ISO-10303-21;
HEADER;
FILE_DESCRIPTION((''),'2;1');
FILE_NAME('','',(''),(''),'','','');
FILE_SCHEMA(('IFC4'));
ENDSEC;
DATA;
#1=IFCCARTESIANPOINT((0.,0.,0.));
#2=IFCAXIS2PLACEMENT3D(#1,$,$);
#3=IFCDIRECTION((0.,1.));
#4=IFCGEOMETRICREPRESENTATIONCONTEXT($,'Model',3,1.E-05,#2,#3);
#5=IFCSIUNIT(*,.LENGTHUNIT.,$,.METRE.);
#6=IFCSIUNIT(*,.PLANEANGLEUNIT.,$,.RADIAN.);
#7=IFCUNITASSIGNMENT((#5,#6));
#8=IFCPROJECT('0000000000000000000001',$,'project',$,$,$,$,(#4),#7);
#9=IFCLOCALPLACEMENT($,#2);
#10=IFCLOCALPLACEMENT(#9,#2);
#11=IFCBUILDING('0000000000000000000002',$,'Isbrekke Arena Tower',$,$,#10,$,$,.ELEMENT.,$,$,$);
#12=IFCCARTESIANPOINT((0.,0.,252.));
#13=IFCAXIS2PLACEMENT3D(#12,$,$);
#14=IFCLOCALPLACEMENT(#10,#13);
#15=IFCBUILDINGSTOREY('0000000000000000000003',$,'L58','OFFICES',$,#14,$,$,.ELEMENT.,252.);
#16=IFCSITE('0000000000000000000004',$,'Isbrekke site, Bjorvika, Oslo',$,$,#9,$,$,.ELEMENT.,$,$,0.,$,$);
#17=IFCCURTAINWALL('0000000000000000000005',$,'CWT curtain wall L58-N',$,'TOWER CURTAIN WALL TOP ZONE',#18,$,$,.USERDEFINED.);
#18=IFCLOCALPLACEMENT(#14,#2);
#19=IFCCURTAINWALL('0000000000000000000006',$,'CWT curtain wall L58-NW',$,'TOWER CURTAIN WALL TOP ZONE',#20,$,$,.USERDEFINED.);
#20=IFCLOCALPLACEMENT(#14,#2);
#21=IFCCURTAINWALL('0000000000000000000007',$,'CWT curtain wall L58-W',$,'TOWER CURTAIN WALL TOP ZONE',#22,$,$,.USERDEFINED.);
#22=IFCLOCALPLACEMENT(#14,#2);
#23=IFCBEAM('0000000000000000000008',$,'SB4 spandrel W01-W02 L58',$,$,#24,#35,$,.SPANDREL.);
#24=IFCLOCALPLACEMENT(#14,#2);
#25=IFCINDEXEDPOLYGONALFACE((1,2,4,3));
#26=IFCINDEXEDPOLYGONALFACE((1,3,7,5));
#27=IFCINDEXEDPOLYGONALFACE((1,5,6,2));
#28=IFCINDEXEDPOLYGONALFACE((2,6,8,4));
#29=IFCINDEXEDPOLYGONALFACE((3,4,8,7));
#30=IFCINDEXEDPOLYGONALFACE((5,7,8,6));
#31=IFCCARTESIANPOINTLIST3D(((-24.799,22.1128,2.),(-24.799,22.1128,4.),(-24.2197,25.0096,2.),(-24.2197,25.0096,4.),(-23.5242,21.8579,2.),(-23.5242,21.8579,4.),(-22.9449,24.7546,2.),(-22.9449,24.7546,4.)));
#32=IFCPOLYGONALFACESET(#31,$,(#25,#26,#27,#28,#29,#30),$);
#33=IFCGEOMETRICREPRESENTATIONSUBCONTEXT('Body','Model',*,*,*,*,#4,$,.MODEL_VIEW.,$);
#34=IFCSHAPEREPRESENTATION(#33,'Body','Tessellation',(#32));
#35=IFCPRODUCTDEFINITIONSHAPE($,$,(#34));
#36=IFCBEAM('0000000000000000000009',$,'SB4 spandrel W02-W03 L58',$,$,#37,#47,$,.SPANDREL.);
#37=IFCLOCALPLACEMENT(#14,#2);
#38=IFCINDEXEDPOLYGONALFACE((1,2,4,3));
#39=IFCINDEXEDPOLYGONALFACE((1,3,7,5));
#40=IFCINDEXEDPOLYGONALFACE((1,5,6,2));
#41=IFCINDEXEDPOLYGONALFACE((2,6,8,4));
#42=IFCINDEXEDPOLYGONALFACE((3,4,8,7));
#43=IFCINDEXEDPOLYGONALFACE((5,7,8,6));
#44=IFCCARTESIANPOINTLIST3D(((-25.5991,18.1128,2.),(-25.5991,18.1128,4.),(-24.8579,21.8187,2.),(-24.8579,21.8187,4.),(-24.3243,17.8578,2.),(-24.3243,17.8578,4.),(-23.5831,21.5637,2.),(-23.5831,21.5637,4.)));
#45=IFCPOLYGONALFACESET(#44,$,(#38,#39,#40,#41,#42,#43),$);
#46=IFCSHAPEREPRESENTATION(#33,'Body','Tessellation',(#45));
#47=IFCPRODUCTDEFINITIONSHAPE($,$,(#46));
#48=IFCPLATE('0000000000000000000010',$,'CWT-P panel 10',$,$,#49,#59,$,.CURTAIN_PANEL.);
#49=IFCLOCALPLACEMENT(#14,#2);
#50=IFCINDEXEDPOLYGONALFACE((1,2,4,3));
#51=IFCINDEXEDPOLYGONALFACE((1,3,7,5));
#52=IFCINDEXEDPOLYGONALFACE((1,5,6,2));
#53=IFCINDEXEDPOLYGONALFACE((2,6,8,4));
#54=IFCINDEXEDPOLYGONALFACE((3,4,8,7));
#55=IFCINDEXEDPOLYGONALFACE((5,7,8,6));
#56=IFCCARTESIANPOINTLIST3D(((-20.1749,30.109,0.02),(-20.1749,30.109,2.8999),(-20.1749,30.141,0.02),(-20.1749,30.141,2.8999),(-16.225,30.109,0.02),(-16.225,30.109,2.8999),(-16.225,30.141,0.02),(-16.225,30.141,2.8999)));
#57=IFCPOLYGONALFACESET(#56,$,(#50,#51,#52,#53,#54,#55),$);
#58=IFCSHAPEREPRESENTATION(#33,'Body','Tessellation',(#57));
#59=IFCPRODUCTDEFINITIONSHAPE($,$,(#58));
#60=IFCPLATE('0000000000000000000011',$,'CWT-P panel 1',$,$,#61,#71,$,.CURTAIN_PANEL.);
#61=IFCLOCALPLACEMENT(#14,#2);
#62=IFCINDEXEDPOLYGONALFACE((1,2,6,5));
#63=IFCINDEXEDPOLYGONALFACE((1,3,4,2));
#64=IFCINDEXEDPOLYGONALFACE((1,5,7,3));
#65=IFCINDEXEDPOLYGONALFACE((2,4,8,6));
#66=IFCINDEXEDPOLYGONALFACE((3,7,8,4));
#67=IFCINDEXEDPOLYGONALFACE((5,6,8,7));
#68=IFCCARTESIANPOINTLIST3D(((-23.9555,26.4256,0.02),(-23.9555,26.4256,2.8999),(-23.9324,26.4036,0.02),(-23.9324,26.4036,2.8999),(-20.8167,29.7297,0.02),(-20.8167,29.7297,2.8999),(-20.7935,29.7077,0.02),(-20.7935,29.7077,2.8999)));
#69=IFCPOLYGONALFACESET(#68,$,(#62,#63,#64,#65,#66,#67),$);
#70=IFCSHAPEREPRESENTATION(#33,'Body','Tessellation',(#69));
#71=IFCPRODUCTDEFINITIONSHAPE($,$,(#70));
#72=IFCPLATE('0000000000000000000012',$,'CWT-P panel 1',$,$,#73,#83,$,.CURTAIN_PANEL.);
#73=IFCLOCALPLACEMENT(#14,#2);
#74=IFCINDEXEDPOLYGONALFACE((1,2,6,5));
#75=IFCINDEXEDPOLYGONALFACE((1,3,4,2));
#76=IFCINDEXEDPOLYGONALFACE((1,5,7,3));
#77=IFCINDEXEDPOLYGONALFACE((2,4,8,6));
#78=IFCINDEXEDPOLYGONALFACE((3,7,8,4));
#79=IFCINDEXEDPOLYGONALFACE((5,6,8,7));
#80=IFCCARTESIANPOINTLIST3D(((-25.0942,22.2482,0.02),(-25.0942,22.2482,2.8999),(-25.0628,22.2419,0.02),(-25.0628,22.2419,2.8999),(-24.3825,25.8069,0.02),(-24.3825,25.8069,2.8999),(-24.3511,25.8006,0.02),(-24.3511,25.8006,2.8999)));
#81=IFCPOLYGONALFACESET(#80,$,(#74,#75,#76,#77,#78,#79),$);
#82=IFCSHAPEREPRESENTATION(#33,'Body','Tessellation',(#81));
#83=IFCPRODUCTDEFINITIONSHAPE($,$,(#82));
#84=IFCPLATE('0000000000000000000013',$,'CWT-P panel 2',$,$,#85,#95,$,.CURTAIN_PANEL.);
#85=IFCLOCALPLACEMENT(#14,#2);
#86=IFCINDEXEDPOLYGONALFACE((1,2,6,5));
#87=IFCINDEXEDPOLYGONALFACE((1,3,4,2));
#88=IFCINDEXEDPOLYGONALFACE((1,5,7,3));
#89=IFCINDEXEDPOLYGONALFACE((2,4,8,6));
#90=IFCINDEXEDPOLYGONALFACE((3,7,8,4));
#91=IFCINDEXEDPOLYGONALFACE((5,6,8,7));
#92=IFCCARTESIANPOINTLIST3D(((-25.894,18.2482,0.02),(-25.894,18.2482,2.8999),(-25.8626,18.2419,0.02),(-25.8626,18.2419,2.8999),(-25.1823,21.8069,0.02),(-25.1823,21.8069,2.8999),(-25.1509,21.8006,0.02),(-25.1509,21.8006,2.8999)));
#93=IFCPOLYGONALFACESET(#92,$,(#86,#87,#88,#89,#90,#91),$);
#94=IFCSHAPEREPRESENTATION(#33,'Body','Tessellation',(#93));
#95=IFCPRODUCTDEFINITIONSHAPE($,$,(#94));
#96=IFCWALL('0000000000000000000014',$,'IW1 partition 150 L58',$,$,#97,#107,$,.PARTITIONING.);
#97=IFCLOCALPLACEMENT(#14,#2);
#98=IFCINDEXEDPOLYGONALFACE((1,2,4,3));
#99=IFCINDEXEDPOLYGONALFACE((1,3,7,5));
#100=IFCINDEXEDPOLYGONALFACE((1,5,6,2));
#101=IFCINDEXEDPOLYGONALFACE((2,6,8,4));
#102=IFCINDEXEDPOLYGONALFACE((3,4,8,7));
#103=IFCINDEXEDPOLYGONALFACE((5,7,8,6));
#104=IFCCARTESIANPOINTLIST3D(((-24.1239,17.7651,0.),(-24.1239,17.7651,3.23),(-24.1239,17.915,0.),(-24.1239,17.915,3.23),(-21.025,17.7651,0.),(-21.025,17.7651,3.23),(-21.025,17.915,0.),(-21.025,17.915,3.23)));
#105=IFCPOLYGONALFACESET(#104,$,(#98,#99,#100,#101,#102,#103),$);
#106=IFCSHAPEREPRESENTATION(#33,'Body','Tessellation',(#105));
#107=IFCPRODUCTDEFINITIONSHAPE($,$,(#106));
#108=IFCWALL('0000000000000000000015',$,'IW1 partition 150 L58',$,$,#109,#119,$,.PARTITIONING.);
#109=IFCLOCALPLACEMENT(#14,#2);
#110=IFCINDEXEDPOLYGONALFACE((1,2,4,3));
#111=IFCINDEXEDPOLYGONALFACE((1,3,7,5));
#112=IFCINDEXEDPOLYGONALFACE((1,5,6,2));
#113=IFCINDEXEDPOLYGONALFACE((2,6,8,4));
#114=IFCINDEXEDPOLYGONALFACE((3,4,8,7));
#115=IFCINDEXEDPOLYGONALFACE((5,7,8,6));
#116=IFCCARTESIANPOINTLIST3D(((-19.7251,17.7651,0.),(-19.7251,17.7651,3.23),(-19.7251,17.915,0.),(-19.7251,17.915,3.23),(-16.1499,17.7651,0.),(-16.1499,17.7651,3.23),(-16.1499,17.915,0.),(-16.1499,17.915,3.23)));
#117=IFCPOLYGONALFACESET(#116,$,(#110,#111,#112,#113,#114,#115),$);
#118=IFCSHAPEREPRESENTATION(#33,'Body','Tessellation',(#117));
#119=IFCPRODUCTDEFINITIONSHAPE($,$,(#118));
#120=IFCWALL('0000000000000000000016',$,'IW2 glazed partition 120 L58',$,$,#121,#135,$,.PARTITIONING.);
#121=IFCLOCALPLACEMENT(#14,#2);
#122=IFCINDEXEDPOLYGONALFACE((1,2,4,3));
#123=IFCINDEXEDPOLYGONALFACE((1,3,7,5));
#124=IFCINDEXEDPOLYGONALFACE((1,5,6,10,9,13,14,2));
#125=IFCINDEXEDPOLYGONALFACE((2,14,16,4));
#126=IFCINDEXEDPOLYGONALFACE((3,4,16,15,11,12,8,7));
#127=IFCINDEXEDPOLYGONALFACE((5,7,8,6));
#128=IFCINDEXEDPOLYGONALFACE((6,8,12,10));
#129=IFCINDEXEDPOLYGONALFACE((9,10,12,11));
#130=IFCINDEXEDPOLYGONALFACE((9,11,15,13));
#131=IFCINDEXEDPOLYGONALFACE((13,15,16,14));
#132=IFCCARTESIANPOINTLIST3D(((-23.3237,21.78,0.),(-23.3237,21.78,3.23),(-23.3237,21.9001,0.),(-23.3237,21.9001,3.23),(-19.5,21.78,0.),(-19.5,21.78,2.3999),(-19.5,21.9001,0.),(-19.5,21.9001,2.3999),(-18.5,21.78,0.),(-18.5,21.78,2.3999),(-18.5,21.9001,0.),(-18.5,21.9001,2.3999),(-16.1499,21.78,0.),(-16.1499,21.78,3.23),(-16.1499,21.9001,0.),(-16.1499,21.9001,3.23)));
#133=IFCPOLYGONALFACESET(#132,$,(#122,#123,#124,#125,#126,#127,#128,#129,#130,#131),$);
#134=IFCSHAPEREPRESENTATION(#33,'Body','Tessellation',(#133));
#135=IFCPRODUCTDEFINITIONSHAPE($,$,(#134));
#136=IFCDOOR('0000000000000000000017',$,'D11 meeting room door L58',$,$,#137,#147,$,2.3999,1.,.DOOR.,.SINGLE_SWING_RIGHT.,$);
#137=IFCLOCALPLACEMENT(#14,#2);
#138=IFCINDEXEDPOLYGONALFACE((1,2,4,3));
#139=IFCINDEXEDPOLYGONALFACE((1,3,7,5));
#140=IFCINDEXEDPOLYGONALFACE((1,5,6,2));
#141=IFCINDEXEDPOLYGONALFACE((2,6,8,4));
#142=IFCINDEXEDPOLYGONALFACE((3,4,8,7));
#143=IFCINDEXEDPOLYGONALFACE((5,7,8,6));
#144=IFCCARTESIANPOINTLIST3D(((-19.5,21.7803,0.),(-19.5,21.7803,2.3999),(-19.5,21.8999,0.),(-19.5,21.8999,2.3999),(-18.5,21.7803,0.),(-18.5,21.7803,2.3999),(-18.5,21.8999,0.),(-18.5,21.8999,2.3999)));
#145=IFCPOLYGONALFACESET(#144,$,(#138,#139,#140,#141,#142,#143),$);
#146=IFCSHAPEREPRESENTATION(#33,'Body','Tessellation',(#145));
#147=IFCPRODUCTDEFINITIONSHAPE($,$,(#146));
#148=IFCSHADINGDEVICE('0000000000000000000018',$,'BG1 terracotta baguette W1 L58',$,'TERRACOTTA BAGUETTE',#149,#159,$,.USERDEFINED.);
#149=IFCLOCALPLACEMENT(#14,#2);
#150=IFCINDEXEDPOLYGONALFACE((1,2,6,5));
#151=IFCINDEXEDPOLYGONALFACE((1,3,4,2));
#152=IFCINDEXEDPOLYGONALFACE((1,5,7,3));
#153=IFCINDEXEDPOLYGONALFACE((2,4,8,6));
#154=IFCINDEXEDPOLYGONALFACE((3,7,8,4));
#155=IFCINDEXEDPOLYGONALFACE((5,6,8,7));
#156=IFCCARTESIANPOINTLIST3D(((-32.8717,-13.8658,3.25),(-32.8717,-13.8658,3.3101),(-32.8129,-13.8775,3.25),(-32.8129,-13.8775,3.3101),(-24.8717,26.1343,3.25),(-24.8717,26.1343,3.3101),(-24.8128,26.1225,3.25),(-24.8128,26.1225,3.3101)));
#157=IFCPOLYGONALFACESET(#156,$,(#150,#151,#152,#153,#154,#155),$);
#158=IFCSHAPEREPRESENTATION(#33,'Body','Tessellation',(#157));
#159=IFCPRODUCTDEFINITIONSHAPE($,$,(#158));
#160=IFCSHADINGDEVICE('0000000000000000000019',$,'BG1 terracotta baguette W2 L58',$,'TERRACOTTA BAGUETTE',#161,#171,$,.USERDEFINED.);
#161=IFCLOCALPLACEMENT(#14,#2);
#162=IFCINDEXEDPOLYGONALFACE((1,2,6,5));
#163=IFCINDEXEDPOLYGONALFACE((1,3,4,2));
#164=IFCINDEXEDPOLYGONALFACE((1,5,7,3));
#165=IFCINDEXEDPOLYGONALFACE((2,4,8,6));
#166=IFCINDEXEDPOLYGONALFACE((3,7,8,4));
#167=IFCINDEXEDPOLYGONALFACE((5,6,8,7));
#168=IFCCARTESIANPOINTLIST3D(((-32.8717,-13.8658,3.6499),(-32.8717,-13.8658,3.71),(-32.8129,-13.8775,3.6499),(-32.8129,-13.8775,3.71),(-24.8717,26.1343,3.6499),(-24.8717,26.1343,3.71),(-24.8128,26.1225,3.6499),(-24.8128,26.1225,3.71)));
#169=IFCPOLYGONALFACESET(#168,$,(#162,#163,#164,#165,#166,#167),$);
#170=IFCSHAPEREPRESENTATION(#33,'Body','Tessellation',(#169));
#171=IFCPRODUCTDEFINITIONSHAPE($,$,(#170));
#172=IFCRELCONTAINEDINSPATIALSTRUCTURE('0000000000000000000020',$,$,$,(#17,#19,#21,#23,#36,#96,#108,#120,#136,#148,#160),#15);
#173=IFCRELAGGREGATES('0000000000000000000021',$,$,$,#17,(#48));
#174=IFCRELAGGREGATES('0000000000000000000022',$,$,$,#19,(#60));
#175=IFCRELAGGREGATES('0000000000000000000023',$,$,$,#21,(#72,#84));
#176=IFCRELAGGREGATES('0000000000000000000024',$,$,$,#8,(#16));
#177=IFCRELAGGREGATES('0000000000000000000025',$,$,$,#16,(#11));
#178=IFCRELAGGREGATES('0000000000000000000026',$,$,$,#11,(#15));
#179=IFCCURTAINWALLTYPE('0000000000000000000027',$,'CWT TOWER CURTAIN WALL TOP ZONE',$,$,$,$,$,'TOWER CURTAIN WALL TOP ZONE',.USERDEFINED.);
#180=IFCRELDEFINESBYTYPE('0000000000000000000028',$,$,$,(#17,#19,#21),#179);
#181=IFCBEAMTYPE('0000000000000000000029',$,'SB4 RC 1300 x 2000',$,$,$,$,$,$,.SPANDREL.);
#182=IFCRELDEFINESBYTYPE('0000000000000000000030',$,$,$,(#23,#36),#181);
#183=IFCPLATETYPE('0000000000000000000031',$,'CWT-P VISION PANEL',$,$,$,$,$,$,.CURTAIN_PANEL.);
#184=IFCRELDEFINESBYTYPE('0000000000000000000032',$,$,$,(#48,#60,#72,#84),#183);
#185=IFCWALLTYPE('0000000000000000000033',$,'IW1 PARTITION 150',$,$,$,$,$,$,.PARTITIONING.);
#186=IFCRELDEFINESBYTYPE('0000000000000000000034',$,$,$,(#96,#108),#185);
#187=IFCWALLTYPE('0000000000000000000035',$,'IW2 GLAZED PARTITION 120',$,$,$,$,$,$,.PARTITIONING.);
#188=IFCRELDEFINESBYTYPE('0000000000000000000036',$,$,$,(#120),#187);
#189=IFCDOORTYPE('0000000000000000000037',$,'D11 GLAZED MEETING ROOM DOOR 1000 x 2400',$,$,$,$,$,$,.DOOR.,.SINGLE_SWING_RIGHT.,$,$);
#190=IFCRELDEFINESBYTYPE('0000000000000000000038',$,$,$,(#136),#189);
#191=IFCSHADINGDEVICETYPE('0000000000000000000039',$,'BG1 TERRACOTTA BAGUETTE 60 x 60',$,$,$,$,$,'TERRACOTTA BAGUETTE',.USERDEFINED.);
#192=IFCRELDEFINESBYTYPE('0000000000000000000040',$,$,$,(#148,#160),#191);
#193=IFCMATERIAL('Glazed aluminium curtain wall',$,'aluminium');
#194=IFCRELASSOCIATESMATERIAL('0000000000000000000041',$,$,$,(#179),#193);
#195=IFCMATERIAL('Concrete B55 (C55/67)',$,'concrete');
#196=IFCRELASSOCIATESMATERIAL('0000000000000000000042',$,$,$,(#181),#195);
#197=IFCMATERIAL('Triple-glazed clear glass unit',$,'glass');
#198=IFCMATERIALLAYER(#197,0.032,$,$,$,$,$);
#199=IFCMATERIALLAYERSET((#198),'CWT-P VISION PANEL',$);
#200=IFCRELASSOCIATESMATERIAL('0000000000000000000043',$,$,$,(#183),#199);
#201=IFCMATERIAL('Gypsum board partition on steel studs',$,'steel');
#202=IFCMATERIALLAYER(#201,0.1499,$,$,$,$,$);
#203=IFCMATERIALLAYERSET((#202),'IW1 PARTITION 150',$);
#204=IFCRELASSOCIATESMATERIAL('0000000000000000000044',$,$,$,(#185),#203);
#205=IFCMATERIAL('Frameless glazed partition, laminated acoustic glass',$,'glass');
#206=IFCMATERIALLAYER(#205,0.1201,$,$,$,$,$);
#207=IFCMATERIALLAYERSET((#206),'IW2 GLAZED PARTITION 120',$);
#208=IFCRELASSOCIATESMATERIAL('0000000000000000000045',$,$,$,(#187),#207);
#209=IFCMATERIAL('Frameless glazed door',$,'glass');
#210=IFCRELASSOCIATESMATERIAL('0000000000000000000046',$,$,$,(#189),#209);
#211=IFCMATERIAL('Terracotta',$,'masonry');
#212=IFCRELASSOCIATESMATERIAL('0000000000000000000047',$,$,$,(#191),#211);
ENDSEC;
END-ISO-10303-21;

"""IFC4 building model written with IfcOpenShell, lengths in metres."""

from ifc_helpers import new_model, si_unit, direction, frame, frame_2d, origin, origin_2d, place, context, subcontext, project, spatial, rectangle, extrude, material, layer, layer_set, material_profile, profile_set, type_object, element, fill, aggregate, save


model = new_model("IFC4")

# Units and contexts
model_context = context("Model", 3, precision=1e-05, world=origin(), true_north=direction((0.0, 1.0)))
body_context = subcontext(model_context, "Body", "Model", "MODEL_VIEW")
ifc_project = project(units=[si_unit("LENGTHUNIT", "METRE"), si_unit("PLANEANGLEUNIT", "RADIAN")], contexts=[model_context])

# Site, building, storey
site_placement = place(None, origin())
site = spatial("IfcSite", under=ifc_project, at=site_placement, Name="Isbrekke site, Bjorvika, Oslo", CompositionType="ELEMENT", RefElevation=0.0)
building_placement = place(site_placement, origin())
building = spatial("IfcBuilding", under=site, at=building_placement, Name="Isbrekke Arena Tower", CompositionType="ELEMENT")
storey_placement = place(building_placement, frame((0.0, 0.0, 252.0)))
storey = spatial("IfcBuildingStorey", under=building, at=storey_placement, Name="L58", Description="OFFICES", CompositionType="ELEMENT", Elevation=252.0)

# Curtain wall
ifc_material_1 = material(Name="Glazed aluminium curtain wall", Category="aluminium")
curtain_wall_type = type_object("IfcCurtainWallType", Name="CWT TOWER CURTAIN WALL TOP ZONE", ElementType="TOWER CURTAIN WALL TOP ZONE", PredefinedType="USERDEFINED", material=ifc_material_1)
curtain_wall_1_placement = place(storey_placement, origin())
curtain_wall_1 = element("IfcCurtainWall", 1, at=curtain_wall_1_placement, inside=storey, type_object=curtain_wall_type, Name="CWT curtain wall L58-N", ObjectType="TOWER CURTAIN WALL TOP ZONE", PredefinedType="USERDEFINED")

# Curtain walls
curtain_wall_2_placement = place(storey_placement, origin())
curtain_wall_2 = element("IfcCurtainWall", 2, at=curtain_wall_2_placement, inside=storey, type_object=curtain_wall_type, Name="CWT curtain wall L58-NW", ObjectType="TOWER CURTAIN WALL TOP ZONE", PredefinedType="USERDEFINED")
curtain_wall_3_placement = place(storey_placement, origin())
curtain_wall_3 = element("IfcCurtainWall", 3, at=curtain_wall_3_placement, inside=storey, type_object=curtain_wall_type, Name="CWT curtain wall L58-W", ObjectType="TOWER CURTAIN WALL TOP ZONE", PredefinedType="USERDEFINED")

# Beams
ifc_material_2 = material(Name="Concrete B55 (C55/67)", Category="concrete")
ifc_material_profile_1 = material_profile(ifc_material_2, rectangle(XDim=1.3, YDim=2.0, at=origin_2d()), Name="RC 1300x2000")
ifc_profile_set_1 = profile_set([ifc_material_profile_1], Name="Concrete B55 (C55/67)")
beam_type_1 = type_object("IfcBeamType", Name="SB4 RC 1300 x 2000", PredefinedType="SPANDREL", material=ifc_profile_set_1)
beam_1_placement = place(storey_placement, frame((-23.5823, 24.8821, 3.0), z_axis=(-0.196116, -0.980581, 0.0), x_axis=(0.980581, -0.196116, 0.0)))
element("IfcBeam", 4, at=beam_1_placement, inside=storey, type_object=beam_type_1, Name="SB4 spandrel W01-W02 L58", PredefinedType="SPANDREL", context=body_context, shape_type="SweptSolid", body=[
    extrude(rectangle(XDim=1.3, YDim=2.0, at=origin_2d()), origin(), (0.0, 0.0, 1.0), 2.9541),
])
beam_2_placement = place(storey_placement, frame((-24.2205, 21.6912, 3.0), z_axis=(-0.196129, -0.980578, 0.0), x_axis=(0.980578, -0.196129, 0.0)))
element("IfcBeam", 5, at=beam_2_placement, inside=storey, type_object=beam_type_1, Name="SB4 spandrel W02-W03 L58", PredefinedType="SPANDREL", context=body_context, shape_type="SweptSolid", body=[
    extrude(rectangle(XDim=1.3, YDim=2.0, at=origin_2d()), origin(), (0.0, 0.0, 1.0), 3.7793),
])

# Plates
ifc_material_3 = material(Name="Triple-glazed clear glass unit", Category="glass")
ifc_layer_1 = layer(ifc_material_3, 0.032)
ifc_layer_set_1 = layer_set([ifc_layer_1], Name="CWT-P VISION PANEL")
plate_type = type_object("IfcPlateType", Name="CWT-P VISION PANEL", PredefinedType="CURTAIN_PANEL", material=ifc_layer_set_1)
plate_1_placement = place(storey_placement, frame((-18.2, 30.125, 0.02), z_axis=(0.0, 0.0, 1.0), x_axis=(-1.0, 0.0, 0.0)))
plate_1 = element("IfcPlate", 6, at=plate_1_placement, type_object=plate_type, Name="CWT-P panel 10", PredefinedType="CURTAIN_PANEL", context=body_context, shape_type="SweptSolid", body=[
    extrude(rectangle(XDim=3.95, YDim=0.032, at=origin_2d()), origin(), (0.0, 0.0, 1.0), 2.8799),
])
aggregate(curtain_wall_1, [plate_1])
plate_2_placement = place(storey_placement, frame((-22.3745, 28.0667, 0.02), z_axis=(0.0, 0.0, 1.0), x_axis=(-0.688749, -0.724999, 0.0)))
plate_2 = element("IfcPlate", 7, at=plate_2_placement, type_object=plate_type, Name="CWT-P panel 1", PredefinedType="CURTAIN_PANEL", context=body_context, shape_type="SweptSolid", body=[
    extrude(rectangle(XDim=4.5574, YDim=0.032, at=origin_2d()), origin(), (0.0, 0.0, 1.0), 2.8799),
])
aggregate(curtain_wall_2, [plate_2])
plate_3_placement = place(storey_placement, frame((-24.7227, 24.0244, 0.02), z_axis=(0.0, 0.0, 1.0), x_axis=(-0.196116, -0.980581, 0.0)))
plate_3 = element("IfcPlate", 8, at=plate_3_placement, type_object=plate_type, Name="CWT-P panel 1", PredefinedType="CURTAIN_PANEL", context=body_context, shape_type="SweptSolid", body=[
    extrude(rectangle(XDim=3.6292, YDim=0.032, at=origin_2d()), origin(), (0.0, 0.0, 1.0), 2.8799),
])
plate_4_placement = place(storey_placement, frame((-25.5225, 20.0244, 0.02), z_axis=(0.0, 0.0, 1.0), x_axis=(-0.196116, -0.980581, 0.0)))
plate_4 = element("IfcPlate", 9, at=plate_4_placement, type_object=plate_type, Name="CWT-P panel 2", PredefinedType="CURTAIN_PANEL", context=body_context, shape_type="SweptSolid", body=[
    extrude(rectangle(XDim=3.6292, YDim=0.032, at=origin_2d()), origin(), (0.0, 0.0, 1.0), 2.8799),
])
aggregate(curtain_wall_3, [plate_3, plate_4])

# Walls
ifc_material_4 = material(Name="Gypsum board partition on steel studs", Category="steel")
ifc_layer_2 = layer(ifc_material_4, 0.1499)
ifc_layer_set_2 = layer_set([ifc_layer_2], Name="IW1 PARTITION 150")
wall_type_1 = type_object("IfcWallType", Name="IW1 PARTITION 150", PredefinedType="PARTITIONING", material=ifc_layer_set_2)
wall_1_placement = place(storey_placement, frame((-24.1238, 17.8401, 0.0), z_axis=(0.0, 0.0, 1.0), x_axis=(1.0, 0.0, 0.0)))
element("IfcWall", 10, at=wall_1_placement, inside=storey, type_object=wall_type_1, Name="IW1 partition 150 L58", PredefinedType="PARTITIONING", context=body_context, shape_type="SweptSolid", body=[
    extrude(rectangle(XDim=3.0989, YDim=0.1499, at=frame_2d((1.5493, 0.0))), origin(), (0.0, 0.0, 1.0), 3.23),
])
wall_2_placement = place(storey_placement, frame((-19.7251, 17.8401, 0.0), z_axis=(0.0, 0.0, 1.0), x_axis=(1.0, 0.0, 0.0)))
element("IfcWall", 11, at=wall_2_placement, inside=storey, type_object=wall_type_1, Name="IW1 partition 150 L58", PredefinedType="PARTITIONING", context=body_context, shape_type="SweptSolid", body=[
    extrude(rectangle(XDim=3.5752, YDim=0.1499, at=frame_2d((1.7876, 0.0))), origin(), (0.0, 0.0, 1.0), 3.23),
])

# Wall, opening, door
ifc_material_5 = material(Name="Frameless glazed partition, laminated acoustic glass", Category="glass")
ifc_layer_3 = layer(ifc_material_5, 0.1201)
ifc_layer_set_3 = layer_set([ifc_layer_3], Name="IW2 GLAZED PARTITION 120")
wall_type_2 = type_object("IfcWallType", Name="IW2 GLAZED PARTITION 120", PredefinedType="PARTITIONING", material=ifc_layer_set_3)
wall_3_placement = place(storey_placement, frame((-23.3237, 21.8401, 0.0), z_axis=(0.0, 0.0, 1.0), x_axis=(1.0, 0.0, 0.0)))
wall_3 = element("IfcWall", 12, at=wall_3_placement, inside=storey, type_object=wall_type_2, Name="IW2 glazed partition 120 L58", PredefinedType="PARTITIONING", context=body_context, shape_type="SweptSolid", body=[
    extrude(rectangle(XDim=7.1738, YDim=0.1201, at=frame_2d((3.5869, 0.0))), origin(), (0.0, 0.0, 1.0), 3.23),
])
opening_placement = place(wall_3_placement, frame((3.8237, 0.0, 0.0)))
opening = element("IfcOpeningElement", 13, at=opening_placement, cuts=wall_3, PredefinedType="OPENING", context=body_context, shape_type="SweptSolid", body=[
    extrude(rectangle(XDim=1.0, YDim=2.3999, at=frame_2d((0.5, 1.2))), frame((0.0, 0.075, 0.0), z_axis=(0.0, -1.0, 0.0), x_axis=(1.0, 0.0, 0.0)), (0.0, 0.0, 1.0), 0.1499),
])
ifc_material_6 = material(Name="Frameless glazed door", Category="glass")
door_type = type_object("IfcDoorType", Name="D11 GLAZED MEETING ROOM DOOR 1000 x 2400", OperationType="SINGLE_SWING_RIGHT", PredefinedType="DOOR", material=ifc_material_6)
door_placement = place(opening_placement, origin())
door = element("IfcDoor", 14, at=door_placement, inside=storey, type_object=door_type, Name="D11 meeting room door L58", OperationType="SINGLE_SWING_RIGHT", OverallHeight=2.3999, OverallWidth=1.0, PredefinedType="DOOR", context=body_context, shape_type="SweptSolid", body=[
    extrude(rectangle(XDim=1.0, YDim=2.3999, at=frame_2d((0.5, 1.2))), frame((0.0, 0.0598, 0.0), z_axis=(0.0, -1.0, 0.0), x_axis=(1.0, 0.0, 0.0)), (0.0, 0.0, 1.0), 0.1196),
])
fill(opening, door)

# Shading devices
ifc_material_7 = material(Name="Terracotta", Category="masonry")
ifc_material_profile_2 = material_profile(ifc_material_7, rectangle(XDim=0.0601, YDim=0.0601, at=origin_2d()), Name="BAGUETTE 60X60")
ifc_profile_set_2 = profile_set([ifc_material_profile_2], Name="Terracotta")
shading_device_type = type_object("IfcShadingDeviceType", Name="BG1 TERRACOTTA BAGUETTE 60 x 60", ElementType="TERRACOTTA BAGUETTE", PredefinedType="USERDEFINED", material=ifc_profile_set_2)
for number, where, z_axis, x_axis, name in (
    (15, (-24.8423, 26.1284, 3.28), (-0.196116, -0.980581, 0.0), (0.980581, -0.196116, 0.0), "BG1 terracotta baguette W1 L58"),
    (16, (-24.8423, 26.1284, 3.6799), (-0.196116, -0.980581, 0.0), (0.980581, -0.196116, 0.0), "BG1 terracotta baguette W2 L58"),
):
    element("IfcShadingDevice", number, at=place(storey_placement, frame(where, z_axis=z_axis, x_axis=x_axis)), inside=storey, type_object=shading_device_type, Name=name, ObjectType="TERRACOTTA BAGUETTE", PredefinedType="USERDEFINED", context=body_context, shape_type="SweptSolid", body=[
        extrude(rectangle(XDim=0.0601, YDim=0.0601, at=origin_2d()), origin(), (0.0, 0.0, 1.0), 40.7922),
    ])

save(model, "model.ifc")
